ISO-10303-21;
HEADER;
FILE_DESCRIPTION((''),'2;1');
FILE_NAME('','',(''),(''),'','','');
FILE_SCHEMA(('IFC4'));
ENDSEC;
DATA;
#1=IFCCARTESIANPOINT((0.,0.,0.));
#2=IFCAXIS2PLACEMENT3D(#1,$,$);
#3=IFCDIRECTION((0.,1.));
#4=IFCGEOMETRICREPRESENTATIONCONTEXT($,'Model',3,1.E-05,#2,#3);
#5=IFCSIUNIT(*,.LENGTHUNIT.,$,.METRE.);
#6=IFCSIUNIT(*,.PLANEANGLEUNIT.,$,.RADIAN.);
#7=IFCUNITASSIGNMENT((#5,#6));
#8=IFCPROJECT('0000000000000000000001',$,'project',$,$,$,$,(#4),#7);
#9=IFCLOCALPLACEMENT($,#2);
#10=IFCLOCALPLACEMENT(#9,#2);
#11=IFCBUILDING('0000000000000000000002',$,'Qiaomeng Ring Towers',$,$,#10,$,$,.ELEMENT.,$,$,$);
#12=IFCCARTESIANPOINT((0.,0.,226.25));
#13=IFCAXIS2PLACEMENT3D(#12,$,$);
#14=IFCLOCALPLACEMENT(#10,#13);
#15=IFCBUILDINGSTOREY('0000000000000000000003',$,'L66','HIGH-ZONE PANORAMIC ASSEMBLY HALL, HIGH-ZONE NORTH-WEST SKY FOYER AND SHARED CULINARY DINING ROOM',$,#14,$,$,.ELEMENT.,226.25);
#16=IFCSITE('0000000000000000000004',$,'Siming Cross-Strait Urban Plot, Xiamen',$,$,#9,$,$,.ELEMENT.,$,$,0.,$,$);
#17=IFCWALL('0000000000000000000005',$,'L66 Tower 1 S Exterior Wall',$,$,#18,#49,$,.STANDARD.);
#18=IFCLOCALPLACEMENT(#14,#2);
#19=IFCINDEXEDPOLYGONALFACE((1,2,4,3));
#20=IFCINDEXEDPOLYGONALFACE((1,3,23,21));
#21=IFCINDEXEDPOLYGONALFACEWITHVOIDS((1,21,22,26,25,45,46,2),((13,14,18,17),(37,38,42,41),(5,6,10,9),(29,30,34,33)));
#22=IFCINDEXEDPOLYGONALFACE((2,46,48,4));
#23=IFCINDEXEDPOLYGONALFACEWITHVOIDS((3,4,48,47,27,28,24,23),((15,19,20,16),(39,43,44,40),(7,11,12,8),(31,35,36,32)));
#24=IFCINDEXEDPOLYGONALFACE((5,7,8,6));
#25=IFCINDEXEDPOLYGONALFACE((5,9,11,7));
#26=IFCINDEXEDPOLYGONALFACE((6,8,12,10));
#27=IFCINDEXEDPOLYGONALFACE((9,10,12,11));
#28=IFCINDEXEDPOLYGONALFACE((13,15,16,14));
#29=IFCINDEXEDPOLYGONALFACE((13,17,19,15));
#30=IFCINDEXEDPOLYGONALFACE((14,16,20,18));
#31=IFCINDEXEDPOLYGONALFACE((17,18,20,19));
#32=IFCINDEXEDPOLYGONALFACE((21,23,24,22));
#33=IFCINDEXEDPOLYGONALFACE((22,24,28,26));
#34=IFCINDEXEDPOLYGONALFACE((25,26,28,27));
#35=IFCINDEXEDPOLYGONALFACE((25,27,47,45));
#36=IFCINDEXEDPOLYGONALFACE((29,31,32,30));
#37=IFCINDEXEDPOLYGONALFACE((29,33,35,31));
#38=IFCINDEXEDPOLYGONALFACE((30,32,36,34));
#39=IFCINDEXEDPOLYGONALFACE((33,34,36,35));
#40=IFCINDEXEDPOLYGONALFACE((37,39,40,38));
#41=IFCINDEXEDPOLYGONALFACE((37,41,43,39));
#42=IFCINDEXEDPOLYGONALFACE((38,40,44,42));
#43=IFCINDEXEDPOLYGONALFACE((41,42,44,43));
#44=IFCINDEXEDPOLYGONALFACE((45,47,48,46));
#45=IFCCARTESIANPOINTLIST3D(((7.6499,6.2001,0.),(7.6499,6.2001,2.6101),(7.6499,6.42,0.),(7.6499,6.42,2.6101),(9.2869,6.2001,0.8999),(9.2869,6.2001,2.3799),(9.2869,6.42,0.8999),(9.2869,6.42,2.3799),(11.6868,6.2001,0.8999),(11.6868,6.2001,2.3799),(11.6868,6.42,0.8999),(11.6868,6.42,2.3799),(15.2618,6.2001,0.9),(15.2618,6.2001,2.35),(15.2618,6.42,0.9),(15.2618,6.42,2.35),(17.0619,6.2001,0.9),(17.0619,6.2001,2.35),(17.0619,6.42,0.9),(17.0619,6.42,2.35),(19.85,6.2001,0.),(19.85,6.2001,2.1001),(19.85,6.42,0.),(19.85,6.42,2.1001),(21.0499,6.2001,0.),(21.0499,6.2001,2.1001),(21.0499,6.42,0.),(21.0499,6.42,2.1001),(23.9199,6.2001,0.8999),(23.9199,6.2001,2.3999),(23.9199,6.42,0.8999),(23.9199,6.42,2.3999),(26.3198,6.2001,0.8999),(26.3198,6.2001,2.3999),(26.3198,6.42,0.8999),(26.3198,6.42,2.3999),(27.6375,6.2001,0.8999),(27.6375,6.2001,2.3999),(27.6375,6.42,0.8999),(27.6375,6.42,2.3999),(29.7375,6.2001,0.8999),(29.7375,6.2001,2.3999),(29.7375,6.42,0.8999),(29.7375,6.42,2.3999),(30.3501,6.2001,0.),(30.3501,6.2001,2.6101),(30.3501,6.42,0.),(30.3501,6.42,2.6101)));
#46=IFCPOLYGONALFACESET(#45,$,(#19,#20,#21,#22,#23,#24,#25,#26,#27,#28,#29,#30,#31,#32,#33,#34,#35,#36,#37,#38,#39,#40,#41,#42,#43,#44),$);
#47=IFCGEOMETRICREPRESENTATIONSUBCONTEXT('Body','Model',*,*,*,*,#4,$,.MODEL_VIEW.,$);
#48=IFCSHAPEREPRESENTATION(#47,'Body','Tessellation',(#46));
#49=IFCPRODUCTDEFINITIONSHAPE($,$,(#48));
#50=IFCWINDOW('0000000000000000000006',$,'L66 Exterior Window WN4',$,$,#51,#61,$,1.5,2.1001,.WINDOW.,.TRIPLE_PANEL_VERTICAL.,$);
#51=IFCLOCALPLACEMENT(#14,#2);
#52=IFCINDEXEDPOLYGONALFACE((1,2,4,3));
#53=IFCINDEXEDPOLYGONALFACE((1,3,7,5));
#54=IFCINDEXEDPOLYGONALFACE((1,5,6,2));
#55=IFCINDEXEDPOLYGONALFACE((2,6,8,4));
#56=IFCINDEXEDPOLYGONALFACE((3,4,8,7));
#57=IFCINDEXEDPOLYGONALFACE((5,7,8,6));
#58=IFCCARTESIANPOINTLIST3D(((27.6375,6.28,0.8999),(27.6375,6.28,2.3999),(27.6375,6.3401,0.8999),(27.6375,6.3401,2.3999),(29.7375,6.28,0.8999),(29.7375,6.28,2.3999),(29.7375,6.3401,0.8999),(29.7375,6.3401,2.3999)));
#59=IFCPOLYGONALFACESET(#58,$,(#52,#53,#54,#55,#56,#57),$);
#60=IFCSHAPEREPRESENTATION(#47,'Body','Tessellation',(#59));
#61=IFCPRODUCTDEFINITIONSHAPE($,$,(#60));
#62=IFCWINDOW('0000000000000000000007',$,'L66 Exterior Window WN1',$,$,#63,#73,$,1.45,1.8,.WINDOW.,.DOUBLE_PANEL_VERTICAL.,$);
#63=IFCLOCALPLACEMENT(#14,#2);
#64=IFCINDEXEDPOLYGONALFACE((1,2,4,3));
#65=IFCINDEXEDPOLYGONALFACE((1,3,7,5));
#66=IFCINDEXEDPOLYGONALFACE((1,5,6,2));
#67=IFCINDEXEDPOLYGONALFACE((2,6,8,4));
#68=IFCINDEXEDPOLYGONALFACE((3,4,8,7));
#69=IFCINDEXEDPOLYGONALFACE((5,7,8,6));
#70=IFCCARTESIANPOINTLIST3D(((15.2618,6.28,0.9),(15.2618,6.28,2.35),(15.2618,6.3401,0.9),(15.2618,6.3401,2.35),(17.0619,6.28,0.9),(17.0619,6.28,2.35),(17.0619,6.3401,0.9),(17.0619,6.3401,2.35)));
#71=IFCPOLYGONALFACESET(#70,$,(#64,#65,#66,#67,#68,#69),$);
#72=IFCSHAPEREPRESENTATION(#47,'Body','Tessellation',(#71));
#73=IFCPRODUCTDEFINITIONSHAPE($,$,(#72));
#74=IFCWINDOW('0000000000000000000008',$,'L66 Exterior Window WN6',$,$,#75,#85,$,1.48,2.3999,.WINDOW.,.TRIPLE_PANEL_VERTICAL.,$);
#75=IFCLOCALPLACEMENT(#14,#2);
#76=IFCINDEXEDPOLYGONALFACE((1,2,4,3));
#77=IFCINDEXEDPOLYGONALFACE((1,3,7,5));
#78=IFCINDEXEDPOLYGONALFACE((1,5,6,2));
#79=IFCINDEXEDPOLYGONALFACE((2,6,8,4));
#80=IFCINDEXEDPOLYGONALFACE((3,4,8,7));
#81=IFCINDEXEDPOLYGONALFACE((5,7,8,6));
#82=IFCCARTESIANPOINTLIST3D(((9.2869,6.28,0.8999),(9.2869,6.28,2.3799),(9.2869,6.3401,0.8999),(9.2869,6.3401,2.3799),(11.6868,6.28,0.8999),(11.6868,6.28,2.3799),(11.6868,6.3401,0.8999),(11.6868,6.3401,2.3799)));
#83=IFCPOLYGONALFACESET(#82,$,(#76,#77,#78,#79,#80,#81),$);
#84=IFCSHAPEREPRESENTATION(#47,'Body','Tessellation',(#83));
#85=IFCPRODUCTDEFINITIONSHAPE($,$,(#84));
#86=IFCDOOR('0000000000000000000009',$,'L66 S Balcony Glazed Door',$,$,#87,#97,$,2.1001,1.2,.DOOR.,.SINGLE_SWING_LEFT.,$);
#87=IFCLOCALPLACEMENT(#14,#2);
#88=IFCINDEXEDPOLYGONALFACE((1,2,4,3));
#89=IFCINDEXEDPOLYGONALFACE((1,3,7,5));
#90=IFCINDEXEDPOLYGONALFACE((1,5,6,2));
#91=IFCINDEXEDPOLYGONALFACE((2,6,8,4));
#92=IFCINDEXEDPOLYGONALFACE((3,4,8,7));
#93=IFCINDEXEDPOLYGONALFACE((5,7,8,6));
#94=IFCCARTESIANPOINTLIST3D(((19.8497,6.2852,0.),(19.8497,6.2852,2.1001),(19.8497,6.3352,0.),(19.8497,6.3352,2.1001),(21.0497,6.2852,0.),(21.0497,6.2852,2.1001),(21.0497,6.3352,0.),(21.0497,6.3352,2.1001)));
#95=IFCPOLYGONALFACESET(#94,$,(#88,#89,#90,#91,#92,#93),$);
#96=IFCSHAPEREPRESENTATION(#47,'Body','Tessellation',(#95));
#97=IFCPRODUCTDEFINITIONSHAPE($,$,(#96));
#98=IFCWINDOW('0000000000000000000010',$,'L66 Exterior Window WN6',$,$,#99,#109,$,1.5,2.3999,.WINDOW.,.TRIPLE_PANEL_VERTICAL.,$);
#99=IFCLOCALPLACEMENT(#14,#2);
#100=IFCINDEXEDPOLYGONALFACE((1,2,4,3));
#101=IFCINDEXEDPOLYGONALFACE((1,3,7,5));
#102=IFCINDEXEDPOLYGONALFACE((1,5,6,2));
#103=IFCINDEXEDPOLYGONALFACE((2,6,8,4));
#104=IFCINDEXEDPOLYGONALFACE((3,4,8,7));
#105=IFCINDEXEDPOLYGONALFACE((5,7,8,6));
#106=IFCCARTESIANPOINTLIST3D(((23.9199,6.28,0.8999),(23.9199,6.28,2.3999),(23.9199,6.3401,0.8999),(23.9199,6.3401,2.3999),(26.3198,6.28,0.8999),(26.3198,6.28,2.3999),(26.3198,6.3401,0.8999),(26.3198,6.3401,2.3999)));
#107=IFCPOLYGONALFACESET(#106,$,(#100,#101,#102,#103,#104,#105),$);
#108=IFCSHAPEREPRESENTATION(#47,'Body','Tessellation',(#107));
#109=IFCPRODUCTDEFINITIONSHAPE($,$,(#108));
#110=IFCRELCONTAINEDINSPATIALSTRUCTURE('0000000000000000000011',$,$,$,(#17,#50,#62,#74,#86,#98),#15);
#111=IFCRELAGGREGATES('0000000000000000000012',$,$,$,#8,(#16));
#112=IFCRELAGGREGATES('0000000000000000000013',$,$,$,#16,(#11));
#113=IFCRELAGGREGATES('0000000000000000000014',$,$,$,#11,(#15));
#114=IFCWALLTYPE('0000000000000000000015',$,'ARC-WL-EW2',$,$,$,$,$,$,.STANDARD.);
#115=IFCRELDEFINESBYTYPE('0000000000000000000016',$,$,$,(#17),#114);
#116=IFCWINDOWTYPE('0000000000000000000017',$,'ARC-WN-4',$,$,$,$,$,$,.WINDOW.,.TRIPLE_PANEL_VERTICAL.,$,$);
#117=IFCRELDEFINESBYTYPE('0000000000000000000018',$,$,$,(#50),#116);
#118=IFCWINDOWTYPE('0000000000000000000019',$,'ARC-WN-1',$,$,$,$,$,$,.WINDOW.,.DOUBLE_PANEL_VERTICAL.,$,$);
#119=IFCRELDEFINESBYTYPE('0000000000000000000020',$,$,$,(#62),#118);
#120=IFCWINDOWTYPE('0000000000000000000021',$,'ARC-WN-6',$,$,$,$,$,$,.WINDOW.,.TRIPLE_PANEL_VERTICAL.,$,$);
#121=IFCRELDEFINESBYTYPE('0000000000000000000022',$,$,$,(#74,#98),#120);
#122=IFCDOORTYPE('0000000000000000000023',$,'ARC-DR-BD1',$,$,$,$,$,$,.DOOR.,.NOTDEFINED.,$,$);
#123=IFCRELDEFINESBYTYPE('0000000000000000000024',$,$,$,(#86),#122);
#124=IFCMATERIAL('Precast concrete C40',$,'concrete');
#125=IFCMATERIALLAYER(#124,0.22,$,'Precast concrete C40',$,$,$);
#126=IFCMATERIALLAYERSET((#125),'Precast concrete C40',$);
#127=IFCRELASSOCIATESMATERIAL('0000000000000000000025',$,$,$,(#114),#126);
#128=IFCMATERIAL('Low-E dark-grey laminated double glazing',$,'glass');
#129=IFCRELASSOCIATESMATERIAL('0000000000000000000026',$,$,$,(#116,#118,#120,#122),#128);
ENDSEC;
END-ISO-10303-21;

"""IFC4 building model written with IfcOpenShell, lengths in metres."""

from ifc_helpers import new_model, si_unit, direction, frame, frame_2d, origin, place, context, subcontext, project, spatial, rectangle, extrude, source, transform, mapped, material, layer, layer_set, type_object, element, fill, save


model = new_model("IFC4")

# Units and contexts
model_context = context("Model", 3, precision=1e-05, world=origin(), true_north=direction((0.0, 1.0)))
body_context = subcontext(model_context, "Body", "Model", "MODEL_VIEW")
ifc_project = project(units=[si_unit("LENGTHUNIT", "METRE"), si_unit("PLANEANGLEUNIT", "RADIAN")], contexts=[model_context])

# Site, building, storey
site_placement = place(None, origin())
site = spatial("IfcSite", under=ifc_project, at=site_placement, Name="Siming Cross-Strait Urban Plot, Xiamen", CompositionType="ELEMENT", RefElevation=0.0)
building_placement = place(site_placement, origin())
building = spatial("IfcBuilding", under=site, at=building_placement, Name="Qiaomeng Ring Towers", CompositionType="ELEMENT")
storey_placement = place(building_placement, frame((0.0, 0.0, 226.25)))
storey = spatial("IfcBuildingStorey", under=building, at=storey_placement, Name="L66", Description="HIGH-ZONE PANORAMIC ASSEMBLY HALL, HIGH-ZONE NORTH-WEST SKY FOYER AND SHARED CULINARY DINING ROOM", CompositionType="ELEMENT", Elevation=226.25)

# Shared definitions
ifc_material_1 = material(Name="Low-E dark-grey laminated double glazing", Category="glass")

# Wall, openings, windows, door
ifc_material_2 = material(Name="Precast concrete C40", Category="concrete")
ifc_layer_1 = layer(ifc_material_2, 0.22, Name="Precast concrete C40")
ifc_layer_set_1 = layer_set([ifc_layer_1], Name="Precast concrete C40")
wall_type = type_object("IfcWallType", Name="ARC-WL-EW2", PredefinedType="STANDARD", material=ifc_layer_set_1)
wall_placement = place(storey_placement, frame((7.6499, 6.3101, 0.0), z_axis=(0.0, 0.0, 1.0), x_axis=(1.0, 0.0, 0.0)))
wall = element("IfcWall", 1, at=wall_placement, inside=storey, type_object=wall_type, Name="L66 Tower 1 S Exterior Wall", PredefinedType="STANDARD", context=body_context, shape_type="SweptSolid", body=[
    extrude(rectangle(XDim=22.7002, YDim=0.22, at=frame_2d((11.3501, 0.0))), origin(), (0.0, 0.0, 1.0), 2.6101),
])
opening_1_placement = place(wall_placement, frame((12.2, 0.0, 0.0)))
opening_1 = element("IfcOpeningElement", 2, at=opening_1_placement, cuts=wall, PredefinedType="OPENING", context=body_context, shape_type="SweptSolid", body=[
    extrude(rectangle(XDim=1.2, YDim=2.1001, at=frame_2d((0.6001, 1.05))), frame((0.0, 0.1199, 0.0), z_axis=(0.0, -1.0, 0.0), x_axis=(1.0, 0.0, 0.0)), (0.0, 0.0, 1.0), 0.24),
])
opening_2_placement = place(wall_placement, frame((1.637, 0.0, 0.8999)))
opening_2 = element("IfcOpeningElement", 3, at=opening_2_placement, cuts=wall, PredefinedType="OPENING", context=body_context, shape_type="SweptSolid", body=[
    extrude(rectangle(XDim=2.3999, YDim=1.48, at=frame_2d((1.2, 0.74))), frame((0.0, 0.1199, 0.0), z_axis=(0.0, -1.0, 0.0), x_axis=(1.0, 0.0, 0.0)), (0.0, 0.0, 1.0), 0.24),
])
opening_3_placement = place(wall_placement, frame((7.6121, 0.0, 0.8999)))
opening_3 = element("IfcOpeningElement", 4, at=opening_3_placement, cuts=wall, PredefinedType="OPENING", context=body_context, shape_type="SweptSolid", body=[
    extrude(rectangle(XDim=1.8, YDim=1.45, at=frame_2d((0.8999, 0.7251))), frame((0.0, 0.1199, 0.0), z_axis=(0.0, -1.0, 0.0), x_axis=(1.0, 0.0, 0.0)), (0.0, 0.0, 1.0), 0.24),
])
opening_4_placement = place(wall_placement, frame((19.9875, 0.0, 0.8999)))
opening_4 = element("IfcOpeningElement", 5, at=opening_4_placement, cuts=wall, PredefinedType="OPENING", context=body_context, shape_type="SweptSolid", body=[
    extrude(rectangle(XDim=2.1001, YDim=1.5, at=frame_2d((1.05, 0.75))), frame((0.0, 0.1199, 0.0), z_axis=(0.0, -1.0, 0.0), x_axis=(1.0, 0.0, 0.0)), (0.0, 0.0, 1.0), 0.24),
])
opening_5_placement = place(wall_placement, frame((16.27, 0.0, 0.8999)))
opening_5 = element("IfcOpeningElement", 6, at=opening_5_placement, cuts=wall, PredefinedType="OPENING", context=body_context, shape_type="SweptSolid", body=[
    extrude(rectangle(XDim=2.3999, YDim=1.5, at=frame_2d((1.2, 0.75))), frame((0.0, 0.1199, 0.0), z_axis=(0.0, -1.0, 0.0), x_axis=(1.0, 0.0, 0.0)), (0.0, 0.0, 1.0), 0.24),
])
window_type_1 = type_object("IfcWindowType", Name="ARC-WN-4", PartitioningType="TRIPLE_PANEL_VERTICAL", PredefinedType="WINDOW", material=ifc_material_1)
shared_shape_1 = source(origin(), body_context, "Body", "SweptSolid", [
    extrude(rectangle(XDim=2.1001, YDim=1.5, at=frame_2d((1.05, 0.75))), frame((0.0, 0.03, 0.0), z_axis=(0.0, -1.0, 0.0), x_axis=(1.0, 0.0, 0.0)), (0.0, 0.0, 1.0), 0.0601),
])
window_1_placement = place(opening_4_placement, origin())
window_1 = element("IfcWindow", 7, at=window_1_placement, inside=storey, type_object=window_type_1, Name="L66 Exterior Window WN4", OverallHeight=1.5, OverallWidth=2.1001, PartitioningType="TRIPLE_PANEL_VERTICAL", PredefinedType="WINDOW", context=body_context, shape_type="MappedRepresentation", body=[
    mapped(shared_shape_1, transform((0.0, 0.0, 0.0), x_axis=(1.0, 0.0, 0.0), y_axis=(0.0, 1.0, 0.0), z_axis=(0.0, 0.0, 1.0), scale=1.0)),
])
fill(opening_4, window_1)
window_type_2 = type_object("IfcWindowType", Name="ARC-WN-1", PartitioningType="DOUBLE_PANEL_VERTICAL", PredefinedType="WINDOW", material=ifc_material_1)
shared_shape_2 = source(origin(), body_context, "Body", "SweptSolid", [
    extrude(rectangle(XDim=1.8, YDim=1.45, at=frame_2d((0.8999, 0.7251))), frame((0.0, 0.03, 0.0), z_axis=(0.0, -1.0, 0.0), x_axis=(1.0, 0.0, 0.0)), (0.0, 0.0, 1.0), 0.0601),
])
window_2_placement = place(opening_3_placement, origin())
window_2 = element("IfcWindow", 8, at=window_2_placement, inside=storey, type_object=window_type_2, Name="L66 Exterior Window WN1", OverallHeight=1.45, OverallWidth=1.8, PartitioningType="DOUBLE_PANEL_VERTICAL", PredefinedType="WINDOW", context=body_context, shape_type="MappedRepresentation", body=[
    mapped(shared_shape_2, transform((0.0, 0.0, 0.0), x_axis=(1.0, 0.0, 0.0), y_axis=(0.0, 1.0, 0.0), z_axis=(0.0, 0.0, 1.0), scale=1.0)),
])
fill(opening_3, window_2)
window_type_3 = type_object("IfcWindowType", Name="ARC-WN-6", PartitioningType="TRIPLE_PANEL_VERTICAL", PredefinedType="WINDOW", material=ifc_material_1)
shared_shape_3 = source(origin(), body_context, "Body", "SweptSolid", [
    extrude(rectangle(XDim=2.3999, YDim=1.48, at=frame_2d((1.2, 0.74))), frame((0.0, 0.03, 0.0), z_axis=(0.0, -1.0, 0.0), x_axis=(1.0, 0.0, 0.0)), (0.0, 0.0, 1.0), 0.0601),
])
window_3_placement = place(opening_2_placement, origin())
window_3 = element("IfcWindow", 9, at=window_3_placement, inside=storey, type_object=window_type_3, Name="L66 Exterior Window WN6", OverallHeight=1.48, OverallWidth=2.3999, PartitioningType="TRIPLE_PANEL_VERTICAL", PredefinedType="WINDOW", context=body_context, shape_type="MappedRepresentation", body=[
    mapped(shared_shape_3, transform((0.0, 0.0, 0.0), x_axis=(1.0, 0.0, 0.0), y_axis=(0.0, 1.0, 0.0), z_axis=(0.0, 0.0, 1.0), scale=1.0)),
])
fill(opening_2, window_3)
door_type = type_object("IfcDoorType", Name="ARC-DR-BD1", OperationType="NOTDEFINED", PredefinedType="DOOR", material=ifc_material_1)
shared_shape_4 = source(origin(), body_context, "Body", "SweptSolid", [
    extrude(rectangle(XDim=1.2, YDim=2.1001, at=frame_2d((0.6001, 1.05))), frame((0.0, 0.0249, 0.0), z_axis=(0.0, -1.0, 0.0), x_axis=(1.0, 0.0, 0.0)), (0.0, 0.0, 1.0), 0.05),
])
door_placement = place(opening_1_placement, frame((1.2, 0.0, 0.0), z_axis=(0.0, 0.0, 1.0), x_axis=(-1.0, 0.0, 0.0)))
door = element("IfcDoor", 10, at=door_placement, inside=storey, type_object=door_type, Name="L66 S Balcony Glazed Door", OperationType="SINGLE_SWING_LEFT", OverallHeight=2.1001, OverallWidth=1.2, PredefinedType="DOOR", context=body_context, shape_type="MappedRepresentation", body=[
    mapped(shared_shape_4, transform((0.0, 0.0, 0.0), x_axis=(1.0, 0.0, 0.0), y_axis=(0.0, 1.0, 0.0), z_axis=(0.0, 0.0, 1.0), scale=1.0)),
])
fill(opening_1, door)
shared_shape_5 = source(origin(), body_context, "Body", "SweptSolid", [
    extrude(rectangle(XDim=2.3999, YDim=1.5, at=frame_2d((1.2, 0.75))), frame((0.0, 0.03, 0.0), z_axis=(0.0, -1.0, 0.0), x_axis=(1.0, 0.0, 0.0)), (0.0, 0.0, 1.0), 0.0601),
])
window_4_placement = place(opening_5_placement, origin())
window_4 = element("IfcWindow", 11, at=window_4_placement, inside=storey, type_object=window_type_3, Name="L66 Exterior Window WN6", OverallHeight=1.5, OverallWidth=2.3999, PartitioningType="TRIPLE_PANEL_VERTICAL", PredefinedType="WINDOW", context=body_context, shape_type="MappedRepresentation", body=[
    mapped(shared_shape_5, transform((0.0, 0.0, 0.0), x_axis=(1.0, 0.0, 0.0), y_axis=(0.0, 1.0, 0.0), z_axis=(0.0, 0.0, 1.0), scale=1.0)),
])
fill(opening_5, window_4)

save(model, "model.ifc")
